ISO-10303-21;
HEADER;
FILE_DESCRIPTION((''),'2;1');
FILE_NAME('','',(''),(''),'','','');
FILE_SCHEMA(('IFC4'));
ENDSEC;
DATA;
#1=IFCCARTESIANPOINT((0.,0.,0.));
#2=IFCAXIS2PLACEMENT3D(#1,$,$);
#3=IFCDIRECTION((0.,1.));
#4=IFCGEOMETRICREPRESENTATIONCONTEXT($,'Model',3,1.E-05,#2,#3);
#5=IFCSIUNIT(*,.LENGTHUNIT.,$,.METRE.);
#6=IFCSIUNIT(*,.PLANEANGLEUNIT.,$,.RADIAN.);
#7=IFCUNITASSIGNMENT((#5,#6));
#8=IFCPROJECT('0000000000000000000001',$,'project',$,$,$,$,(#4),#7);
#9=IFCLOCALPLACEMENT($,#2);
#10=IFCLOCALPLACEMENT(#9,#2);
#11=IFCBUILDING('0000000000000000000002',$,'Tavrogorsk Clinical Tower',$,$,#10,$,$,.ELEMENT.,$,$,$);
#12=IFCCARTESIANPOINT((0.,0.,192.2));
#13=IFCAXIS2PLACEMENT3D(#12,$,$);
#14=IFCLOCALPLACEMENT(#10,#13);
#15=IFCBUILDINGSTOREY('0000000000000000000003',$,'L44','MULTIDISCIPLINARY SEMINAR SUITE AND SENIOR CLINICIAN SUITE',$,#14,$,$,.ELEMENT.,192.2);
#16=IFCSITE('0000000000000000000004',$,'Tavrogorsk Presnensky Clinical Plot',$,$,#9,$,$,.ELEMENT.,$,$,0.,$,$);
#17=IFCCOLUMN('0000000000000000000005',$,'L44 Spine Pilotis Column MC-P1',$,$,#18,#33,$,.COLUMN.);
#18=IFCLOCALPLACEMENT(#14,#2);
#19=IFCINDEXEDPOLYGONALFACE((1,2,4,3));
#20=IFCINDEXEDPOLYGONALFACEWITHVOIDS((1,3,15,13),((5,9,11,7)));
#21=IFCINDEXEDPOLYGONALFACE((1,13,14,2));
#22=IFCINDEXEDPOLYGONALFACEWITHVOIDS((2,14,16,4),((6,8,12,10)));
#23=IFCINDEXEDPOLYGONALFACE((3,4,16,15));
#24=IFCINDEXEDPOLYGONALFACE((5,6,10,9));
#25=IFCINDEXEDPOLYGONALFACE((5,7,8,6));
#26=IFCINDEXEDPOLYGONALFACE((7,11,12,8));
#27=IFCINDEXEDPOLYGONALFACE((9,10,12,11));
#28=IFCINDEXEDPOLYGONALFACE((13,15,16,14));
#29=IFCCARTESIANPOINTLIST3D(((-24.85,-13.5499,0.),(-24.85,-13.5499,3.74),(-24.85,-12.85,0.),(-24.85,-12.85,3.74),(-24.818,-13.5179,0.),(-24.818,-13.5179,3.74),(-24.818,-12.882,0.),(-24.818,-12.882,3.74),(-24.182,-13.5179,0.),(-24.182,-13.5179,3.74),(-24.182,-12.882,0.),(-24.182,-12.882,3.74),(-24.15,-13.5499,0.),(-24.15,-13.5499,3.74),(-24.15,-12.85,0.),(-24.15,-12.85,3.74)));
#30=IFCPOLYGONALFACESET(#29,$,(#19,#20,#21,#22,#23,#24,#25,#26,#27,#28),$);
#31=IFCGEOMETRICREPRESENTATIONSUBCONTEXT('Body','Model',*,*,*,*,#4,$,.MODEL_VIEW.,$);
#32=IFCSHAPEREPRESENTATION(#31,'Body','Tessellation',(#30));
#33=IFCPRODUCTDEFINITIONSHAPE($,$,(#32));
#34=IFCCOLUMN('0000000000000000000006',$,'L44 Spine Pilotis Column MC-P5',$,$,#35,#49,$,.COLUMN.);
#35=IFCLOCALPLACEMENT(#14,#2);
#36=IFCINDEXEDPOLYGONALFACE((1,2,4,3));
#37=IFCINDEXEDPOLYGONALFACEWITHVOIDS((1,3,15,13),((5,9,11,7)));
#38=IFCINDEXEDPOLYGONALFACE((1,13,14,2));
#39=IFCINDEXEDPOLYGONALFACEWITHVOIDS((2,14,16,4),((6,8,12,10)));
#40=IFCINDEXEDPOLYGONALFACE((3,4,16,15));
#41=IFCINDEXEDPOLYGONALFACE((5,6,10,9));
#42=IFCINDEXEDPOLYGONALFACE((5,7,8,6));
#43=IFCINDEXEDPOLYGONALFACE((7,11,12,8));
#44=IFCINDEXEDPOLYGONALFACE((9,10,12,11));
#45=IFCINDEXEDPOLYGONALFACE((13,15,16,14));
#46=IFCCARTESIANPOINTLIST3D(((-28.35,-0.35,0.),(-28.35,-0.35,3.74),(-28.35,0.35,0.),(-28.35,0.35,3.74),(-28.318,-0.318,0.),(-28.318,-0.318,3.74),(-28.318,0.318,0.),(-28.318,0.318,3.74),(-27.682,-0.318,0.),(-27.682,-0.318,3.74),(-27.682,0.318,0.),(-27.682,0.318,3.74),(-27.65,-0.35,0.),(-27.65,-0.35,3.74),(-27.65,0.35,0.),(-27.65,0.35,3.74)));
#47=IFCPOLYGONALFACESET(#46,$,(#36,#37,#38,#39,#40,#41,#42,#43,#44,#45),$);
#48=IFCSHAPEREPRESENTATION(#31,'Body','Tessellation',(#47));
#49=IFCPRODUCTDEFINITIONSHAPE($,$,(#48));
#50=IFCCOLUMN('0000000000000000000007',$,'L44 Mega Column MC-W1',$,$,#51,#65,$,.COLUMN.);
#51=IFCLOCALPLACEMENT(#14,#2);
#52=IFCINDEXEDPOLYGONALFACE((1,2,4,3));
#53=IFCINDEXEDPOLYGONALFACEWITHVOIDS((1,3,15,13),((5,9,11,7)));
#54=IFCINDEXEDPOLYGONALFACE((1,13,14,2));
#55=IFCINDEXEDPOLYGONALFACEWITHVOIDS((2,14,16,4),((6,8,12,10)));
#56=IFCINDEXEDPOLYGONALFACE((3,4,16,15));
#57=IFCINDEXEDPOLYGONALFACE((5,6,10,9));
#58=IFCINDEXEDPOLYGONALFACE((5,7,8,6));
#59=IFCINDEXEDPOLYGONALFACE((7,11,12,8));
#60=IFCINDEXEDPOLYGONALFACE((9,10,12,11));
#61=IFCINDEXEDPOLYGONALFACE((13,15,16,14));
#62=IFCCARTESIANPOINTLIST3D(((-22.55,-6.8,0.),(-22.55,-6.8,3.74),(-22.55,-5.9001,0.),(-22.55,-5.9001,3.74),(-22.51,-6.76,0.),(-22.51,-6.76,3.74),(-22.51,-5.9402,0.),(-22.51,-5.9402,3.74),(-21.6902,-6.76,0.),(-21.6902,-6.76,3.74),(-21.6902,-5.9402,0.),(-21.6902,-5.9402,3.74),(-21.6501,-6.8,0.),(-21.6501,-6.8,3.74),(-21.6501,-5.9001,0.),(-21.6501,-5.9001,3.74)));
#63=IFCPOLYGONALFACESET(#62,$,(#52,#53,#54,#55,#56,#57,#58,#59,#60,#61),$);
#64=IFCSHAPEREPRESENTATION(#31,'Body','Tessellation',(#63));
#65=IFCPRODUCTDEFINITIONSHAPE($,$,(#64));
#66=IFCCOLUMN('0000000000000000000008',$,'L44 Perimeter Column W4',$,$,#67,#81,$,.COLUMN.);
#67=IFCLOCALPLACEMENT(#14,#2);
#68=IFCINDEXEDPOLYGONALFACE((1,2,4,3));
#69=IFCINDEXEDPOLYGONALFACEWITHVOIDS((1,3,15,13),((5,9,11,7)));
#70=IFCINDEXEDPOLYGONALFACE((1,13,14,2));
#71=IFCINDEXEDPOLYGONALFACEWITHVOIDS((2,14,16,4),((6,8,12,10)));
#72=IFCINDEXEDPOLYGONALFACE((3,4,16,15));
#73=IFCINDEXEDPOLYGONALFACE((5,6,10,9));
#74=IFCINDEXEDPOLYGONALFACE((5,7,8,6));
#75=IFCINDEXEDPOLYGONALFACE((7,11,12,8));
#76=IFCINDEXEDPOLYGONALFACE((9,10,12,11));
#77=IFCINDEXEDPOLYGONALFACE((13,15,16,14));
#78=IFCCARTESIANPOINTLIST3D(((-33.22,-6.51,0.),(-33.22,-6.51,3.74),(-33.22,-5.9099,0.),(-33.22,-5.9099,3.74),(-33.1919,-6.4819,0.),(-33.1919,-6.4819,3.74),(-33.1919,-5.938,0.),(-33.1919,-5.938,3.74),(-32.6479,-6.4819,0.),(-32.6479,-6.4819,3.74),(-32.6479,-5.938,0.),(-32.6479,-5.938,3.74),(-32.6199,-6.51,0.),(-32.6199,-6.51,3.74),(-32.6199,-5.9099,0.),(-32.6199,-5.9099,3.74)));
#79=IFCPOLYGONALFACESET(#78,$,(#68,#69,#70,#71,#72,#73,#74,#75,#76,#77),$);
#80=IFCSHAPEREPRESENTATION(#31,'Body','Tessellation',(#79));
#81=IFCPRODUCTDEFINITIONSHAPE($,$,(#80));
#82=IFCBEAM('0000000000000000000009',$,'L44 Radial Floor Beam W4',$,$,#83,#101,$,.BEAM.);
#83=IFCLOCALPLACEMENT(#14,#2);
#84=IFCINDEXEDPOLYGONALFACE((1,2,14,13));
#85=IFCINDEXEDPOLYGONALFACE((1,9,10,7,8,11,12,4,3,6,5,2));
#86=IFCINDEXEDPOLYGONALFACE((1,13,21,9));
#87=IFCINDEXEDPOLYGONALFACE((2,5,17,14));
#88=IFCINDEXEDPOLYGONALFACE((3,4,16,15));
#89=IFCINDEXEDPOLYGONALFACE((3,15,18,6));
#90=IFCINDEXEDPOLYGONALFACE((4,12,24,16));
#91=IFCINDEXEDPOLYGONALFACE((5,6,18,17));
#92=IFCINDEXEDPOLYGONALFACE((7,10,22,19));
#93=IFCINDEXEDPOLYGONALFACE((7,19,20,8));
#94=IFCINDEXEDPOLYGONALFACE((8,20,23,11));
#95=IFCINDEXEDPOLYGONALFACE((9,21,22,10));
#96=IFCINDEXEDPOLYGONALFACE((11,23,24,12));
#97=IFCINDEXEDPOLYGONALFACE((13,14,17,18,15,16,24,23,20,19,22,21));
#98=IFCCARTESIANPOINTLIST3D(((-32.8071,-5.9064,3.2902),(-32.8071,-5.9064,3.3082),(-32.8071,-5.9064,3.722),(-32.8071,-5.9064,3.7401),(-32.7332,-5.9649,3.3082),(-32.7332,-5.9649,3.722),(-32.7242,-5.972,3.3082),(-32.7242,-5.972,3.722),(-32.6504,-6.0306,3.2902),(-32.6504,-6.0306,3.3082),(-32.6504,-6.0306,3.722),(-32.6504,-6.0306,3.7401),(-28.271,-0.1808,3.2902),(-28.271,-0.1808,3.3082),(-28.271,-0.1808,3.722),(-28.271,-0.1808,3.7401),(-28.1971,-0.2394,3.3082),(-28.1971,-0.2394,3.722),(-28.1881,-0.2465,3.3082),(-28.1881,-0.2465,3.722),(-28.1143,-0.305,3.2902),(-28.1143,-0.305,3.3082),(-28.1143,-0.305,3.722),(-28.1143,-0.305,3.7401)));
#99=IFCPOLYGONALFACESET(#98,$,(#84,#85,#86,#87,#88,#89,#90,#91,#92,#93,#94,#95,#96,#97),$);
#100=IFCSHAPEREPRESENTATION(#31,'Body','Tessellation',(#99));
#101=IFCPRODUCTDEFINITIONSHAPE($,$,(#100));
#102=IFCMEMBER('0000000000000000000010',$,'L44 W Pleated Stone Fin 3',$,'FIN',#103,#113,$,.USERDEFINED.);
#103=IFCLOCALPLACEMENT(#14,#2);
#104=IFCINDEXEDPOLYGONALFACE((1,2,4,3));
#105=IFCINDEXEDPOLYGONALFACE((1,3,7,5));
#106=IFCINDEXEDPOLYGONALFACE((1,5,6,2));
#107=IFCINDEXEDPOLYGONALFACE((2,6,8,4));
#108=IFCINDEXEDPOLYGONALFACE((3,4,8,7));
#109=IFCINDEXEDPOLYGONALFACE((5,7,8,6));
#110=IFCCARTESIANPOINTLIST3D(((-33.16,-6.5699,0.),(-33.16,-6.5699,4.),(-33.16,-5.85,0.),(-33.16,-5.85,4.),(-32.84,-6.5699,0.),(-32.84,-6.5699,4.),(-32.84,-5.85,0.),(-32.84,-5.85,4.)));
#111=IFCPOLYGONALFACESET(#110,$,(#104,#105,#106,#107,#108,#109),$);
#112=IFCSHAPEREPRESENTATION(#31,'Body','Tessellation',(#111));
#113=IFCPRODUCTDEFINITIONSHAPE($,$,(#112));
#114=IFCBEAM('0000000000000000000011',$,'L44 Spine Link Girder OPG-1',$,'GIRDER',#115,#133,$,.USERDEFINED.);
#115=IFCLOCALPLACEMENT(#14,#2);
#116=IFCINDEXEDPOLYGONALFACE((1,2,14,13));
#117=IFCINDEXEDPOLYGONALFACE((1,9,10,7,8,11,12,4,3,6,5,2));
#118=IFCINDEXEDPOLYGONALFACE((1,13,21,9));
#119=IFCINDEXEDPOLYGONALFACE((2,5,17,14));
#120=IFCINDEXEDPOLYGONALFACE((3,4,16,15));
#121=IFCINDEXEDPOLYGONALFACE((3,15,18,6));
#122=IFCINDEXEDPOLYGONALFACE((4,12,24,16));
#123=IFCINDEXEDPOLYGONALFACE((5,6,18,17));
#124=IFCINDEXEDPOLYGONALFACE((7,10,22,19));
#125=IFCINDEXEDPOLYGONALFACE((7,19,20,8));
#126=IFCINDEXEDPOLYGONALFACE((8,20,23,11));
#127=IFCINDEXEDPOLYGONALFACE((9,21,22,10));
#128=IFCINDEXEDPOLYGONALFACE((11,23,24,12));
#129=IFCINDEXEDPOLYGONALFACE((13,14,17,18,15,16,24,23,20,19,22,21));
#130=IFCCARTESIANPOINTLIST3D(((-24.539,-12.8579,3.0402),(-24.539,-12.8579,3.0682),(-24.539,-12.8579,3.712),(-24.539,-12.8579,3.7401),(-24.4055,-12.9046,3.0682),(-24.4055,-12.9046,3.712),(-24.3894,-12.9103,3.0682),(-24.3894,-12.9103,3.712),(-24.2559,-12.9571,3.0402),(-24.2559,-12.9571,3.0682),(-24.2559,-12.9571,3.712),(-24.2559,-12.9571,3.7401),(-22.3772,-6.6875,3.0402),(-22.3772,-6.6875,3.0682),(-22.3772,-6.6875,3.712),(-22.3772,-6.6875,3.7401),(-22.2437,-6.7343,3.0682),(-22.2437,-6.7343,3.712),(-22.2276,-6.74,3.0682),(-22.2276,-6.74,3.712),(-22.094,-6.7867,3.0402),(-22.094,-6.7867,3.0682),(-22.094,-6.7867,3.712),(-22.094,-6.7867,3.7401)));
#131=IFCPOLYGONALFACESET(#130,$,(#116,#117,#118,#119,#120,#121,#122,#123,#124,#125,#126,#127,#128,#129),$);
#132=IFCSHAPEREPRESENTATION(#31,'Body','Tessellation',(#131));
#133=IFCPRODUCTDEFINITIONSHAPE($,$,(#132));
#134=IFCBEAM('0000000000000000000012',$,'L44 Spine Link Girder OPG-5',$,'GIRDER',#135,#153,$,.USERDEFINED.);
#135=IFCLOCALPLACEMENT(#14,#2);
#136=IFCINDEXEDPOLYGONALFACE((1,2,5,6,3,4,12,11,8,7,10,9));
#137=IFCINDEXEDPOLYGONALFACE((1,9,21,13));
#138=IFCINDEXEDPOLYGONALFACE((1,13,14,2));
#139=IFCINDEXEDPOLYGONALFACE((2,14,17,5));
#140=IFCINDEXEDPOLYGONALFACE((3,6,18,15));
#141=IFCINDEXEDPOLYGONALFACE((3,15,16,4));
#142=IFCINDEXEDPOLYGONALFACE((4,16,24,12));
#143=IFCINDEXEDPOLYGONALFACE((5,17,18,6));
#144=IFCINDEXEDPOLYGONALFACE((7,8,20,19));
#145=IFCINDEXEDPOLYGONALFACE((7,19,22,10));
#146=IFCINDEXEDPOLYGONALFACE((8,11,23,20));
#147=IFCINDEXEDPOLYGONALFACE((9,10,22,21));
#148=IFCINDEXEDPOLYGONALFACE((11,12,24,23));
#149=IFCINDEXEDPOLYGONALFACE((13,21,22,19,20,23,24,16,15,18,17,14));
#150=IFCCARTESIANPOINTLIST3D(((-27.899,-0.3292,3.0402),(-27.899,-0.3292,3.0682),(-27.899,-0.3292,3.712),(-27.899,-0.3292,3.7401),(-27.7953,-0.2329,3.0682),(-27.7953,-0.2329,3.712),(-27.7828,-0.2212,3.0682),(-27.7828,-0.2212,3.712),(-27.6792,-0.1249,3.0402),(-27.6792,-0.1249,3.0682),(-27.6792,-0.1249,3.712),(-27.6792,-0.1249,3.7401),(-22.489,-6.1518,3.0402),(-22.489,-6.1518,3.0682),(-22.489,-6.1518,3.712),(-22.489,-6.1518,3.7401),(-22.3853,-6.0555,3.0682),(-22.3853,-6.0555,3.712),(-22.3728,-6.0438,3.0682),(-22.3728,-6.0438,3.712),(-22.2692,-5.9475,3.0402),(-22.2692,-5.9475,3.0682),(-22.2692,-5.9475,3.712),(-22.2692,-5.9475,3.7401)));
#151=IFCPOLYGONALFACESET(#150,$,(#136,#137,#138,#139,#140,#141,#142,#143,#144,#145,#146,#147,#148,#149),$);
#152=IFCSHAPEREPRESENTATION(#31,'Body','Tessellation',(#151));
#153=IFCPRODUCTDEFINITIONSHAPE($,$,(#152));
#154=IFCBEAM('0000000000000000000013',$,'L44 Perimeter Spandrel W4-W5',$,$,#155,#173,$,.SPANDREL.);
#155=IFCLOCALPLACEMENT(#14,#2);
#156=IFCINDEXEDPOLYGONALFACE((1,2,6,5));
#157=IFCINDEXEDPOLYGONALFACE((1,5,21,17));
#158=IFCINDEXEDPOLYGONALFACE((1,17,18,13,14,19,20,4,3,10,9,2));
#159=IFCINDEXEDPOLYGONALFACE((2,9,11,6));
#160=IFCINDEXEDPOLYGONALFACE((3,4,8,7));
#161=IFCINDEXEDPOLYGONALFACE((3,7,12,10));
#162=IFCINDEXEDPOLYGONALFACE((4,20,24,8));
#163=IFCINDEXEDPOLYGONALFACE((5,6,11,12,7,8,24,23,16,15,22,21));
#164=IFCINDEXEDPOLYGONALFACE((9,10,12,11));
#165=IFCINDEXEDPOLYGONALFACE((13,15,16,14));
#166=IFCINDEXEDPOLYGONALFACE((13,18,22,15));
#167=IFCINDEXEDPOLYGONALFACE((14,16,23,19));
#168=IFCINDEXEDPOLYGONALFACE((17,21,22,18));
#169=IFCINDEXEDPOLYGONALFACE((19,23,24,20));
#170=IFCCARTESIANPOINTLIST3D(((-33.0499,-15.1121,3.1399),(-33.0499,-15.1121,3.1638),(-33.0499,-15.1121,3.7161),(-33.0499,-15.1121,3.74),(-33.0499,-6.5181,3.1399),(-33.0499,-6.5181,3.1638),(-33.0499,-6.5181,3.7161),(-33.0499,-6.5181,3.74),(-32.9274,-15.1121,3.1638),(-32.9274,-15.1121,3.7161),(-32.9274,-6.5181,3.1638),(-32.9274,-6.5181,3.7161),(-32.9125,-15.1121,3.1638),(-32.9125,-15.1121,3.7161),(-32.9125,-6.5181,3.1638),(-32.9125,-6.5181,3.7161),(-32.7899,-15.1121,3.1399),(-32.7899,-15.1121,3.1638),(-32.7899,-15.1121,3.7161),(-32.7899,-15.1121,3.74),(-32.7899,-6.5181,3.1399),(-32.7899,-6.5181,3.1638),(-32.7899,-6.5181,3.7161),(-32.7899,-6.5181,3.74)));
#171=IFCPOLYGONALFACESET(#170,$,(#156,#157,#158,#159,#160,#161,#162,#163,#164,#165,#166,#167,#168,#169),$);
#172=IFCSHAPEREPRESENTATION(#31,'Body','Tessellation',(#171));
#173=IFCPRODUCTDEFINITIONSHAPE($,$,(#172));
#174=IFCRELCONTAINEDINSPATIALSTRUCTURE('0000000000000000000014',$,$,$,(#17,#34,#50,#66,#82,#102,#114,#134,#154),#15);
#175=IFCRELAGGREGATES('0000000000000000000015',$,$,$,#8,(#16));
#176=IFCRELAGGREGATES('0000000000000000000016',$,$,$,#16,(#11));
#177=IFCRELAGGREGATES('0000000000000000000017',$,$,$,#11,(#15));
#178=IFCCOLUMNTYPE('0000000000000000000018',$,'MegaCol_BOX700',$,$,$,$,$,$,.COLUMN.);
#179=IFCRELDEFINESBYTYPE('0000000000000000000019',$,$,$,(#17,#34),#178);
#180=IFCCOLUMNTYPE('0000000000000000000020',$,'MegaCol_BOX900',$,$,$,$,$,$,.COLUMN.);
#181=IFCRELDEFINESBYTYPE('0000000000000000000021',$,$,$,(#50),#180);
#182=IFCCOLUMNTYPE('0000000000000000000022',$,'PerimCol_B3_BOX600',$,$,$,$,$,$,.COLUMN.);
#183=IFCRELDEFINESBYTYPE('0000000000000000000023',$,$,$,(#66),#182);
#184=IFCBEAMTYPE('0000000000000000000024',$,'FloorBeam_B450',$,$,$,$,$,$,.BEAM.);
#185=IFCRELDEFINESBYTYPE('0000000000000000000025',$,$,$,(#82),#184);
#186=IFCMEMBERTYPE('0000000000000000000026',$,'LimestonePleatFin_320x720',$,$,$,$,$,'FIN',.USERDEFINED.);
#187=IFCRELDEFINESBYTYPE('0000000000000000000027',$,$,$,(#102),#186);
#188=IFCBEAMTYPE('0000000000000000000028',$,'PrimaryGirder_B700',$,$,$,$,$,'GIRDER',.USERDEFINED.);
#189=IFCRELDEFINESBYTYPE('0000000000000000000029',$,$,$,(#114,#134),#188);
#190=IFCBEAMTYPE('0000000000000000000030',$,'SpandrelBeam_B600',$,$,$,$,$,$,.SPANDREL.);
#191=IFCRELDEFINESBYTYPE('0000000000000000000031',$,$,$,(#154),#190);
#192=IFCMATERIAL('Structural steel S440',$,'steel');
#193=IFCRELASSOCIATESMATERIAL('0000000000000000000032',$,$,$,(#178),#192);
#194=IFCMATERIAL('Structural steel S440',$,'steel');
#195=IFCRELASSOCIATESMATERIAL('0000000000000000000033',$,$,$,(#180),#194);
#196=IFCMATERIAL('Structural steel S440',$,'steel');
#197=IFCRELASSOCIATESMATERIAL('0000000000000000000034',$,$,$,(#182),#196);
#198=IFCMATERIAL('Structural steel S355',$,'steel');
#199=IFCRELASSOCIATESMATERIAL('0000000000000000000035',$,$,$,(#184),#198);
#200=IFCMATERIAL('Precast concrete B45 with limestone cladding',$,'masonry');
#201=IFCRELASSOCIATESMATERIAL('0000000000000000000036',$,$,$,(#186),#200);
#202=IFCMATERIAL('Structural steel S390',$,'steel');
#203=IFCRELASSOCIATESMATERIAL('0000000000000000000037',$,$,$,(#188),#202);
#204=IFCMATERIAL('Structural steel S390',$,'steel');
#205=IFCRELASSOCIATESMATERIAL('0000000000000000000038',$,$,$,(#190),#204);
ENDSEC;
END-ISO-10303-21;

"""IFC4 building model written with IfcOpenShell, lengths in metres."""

from ifc_helpers import new_model, si_unit, direction, frame, origin, origin_2d, place, context, subcontext, project, spatial, rectangle, hollow_rectangle, i_section, extrude, material, material_profile, profile_set, type_object, element, save


model = new_model("IFC4")

# Units and contexts
model_context = context("Model", 3, precision=1e-05, world=origin(), true_north=direction((0.0, 1.0)))
body_context = subcontext(model_context, "Body", "Model", "MODEL_VIEW")
ifc_project = project(units=[si_unit("LENGTHUNIT", "METRE"), si_unit("PLANEANGLEUNIT", "RADIAN")], contexts=[model_context])

# Site, building, storey
site_placement = place(None, origin())
site = spatial("IfcSite", under=ifc_project, at=site_placement, Name="Tavrogorsk Presnensky Clinical Plot", CompositionType="ELEMENT", RefElevation=0.0)
building_placement = place(site_placement, origin())
building = spatial("IfcBuilding", under=site, at=building_placement, Name="Tavrogorsk Clinical Tower", CompositionType="ELEMENT")
storey_placement = place(building_placement, frame((0.0, 0.0, 192.2)))
storey = spatial("IfcBuildingStorey", under=building, at=storey_placement, Name="L44", Description="MULTIDISCIPLINARY SEMINAR SUITE AND SENIOR CLINICIAN SUITE", CompositionType="ELEMENT", Elevation=192.2)

# Columns
ifc_material_1 = material(Name="Structural steel S440", Category="steel")
ifc_material_profile_1 = material_profile(ifc_material_1, hollow_rectangle(XDim=0.7, YDim=0.7, WallThickness=0.032, at=origin_2d()), Name="BOX-700x700x32")
ifc_profile_set_1 = profile_set([ifc_material_profile_1], Name="Structural steel S440")
column_type_1 = type_object("IfcColumnType", Name="MegaCol_BOX700", PredefinedType="COLUMN", material=ifc_profile_set_1)
for number, where, z_axis, x_axis, name in (
    (1, (-24.5, -13.2, 0.0), (0.0, 0.0, 1.0), (1.0, 0.0, 0.0), "L44 Spine Pilotis Column MC-P1"),
    (2, (-28.0, 0.0, 0.0), (0.0, 0.0, 1.0), (1.0, 0.0, 0.0), "L44 Spine Pilotis Column MC-P5"),
):
    element("IfcColumn", number, at=place(storey_placement, frame(where, z_axis=z_axis, x_axis=x_axis)), inside=storey, type_object=column_type_1, Name=name, PredefinedType="COLUMN", context=body_context, shape_type="SweptSolid", body=[
        extrude(hollow_rectangle(XDim=0.7, YDim=0.7, WallThickness=0.032, at=origin_2d()), origin(), (0.0, 0.0, 1.0), 3.74),
    ])
ifc_material_2 = material(Name="Structural steel S440", Category="steel")
ifc_material_profile_2 = material_profile(ifc_material_2, hollow_rectangle(XDim=0.8999, YDim=0.8999, WallThickness=0.04, at=origin_2d()), Name="BOX-900x900x40")
ifc_profile_set_2 = profile_set([ifc_material_profile_2], Name="Structural steel S440")
column_type_2 = type_object("IfcColumnType", Name="MegaCol_BOX900", PredefinedType="COLUMN", material=ifc_profile_set_2)
column_1_placement = place(storey_placement, frame((-22.1001, -6.3501, 0.0), z_axis=(0.0, 0.0, 1.0), x_axis=(1.0, 0.0, 0.0)))
element("IfcColumn", 3, at=column_1_placement, inside=storey, type_object=column_type_2, Name="L44 Mega Column MC-W1", PredefinedType="COLUMN", context=body_context, shape_type="SweptSolid", body=[
    extrude(hollow_rectangle(XDim=0.8999, YDim=0.8999, WallThickness=0.04, at=origin_2d()), origin(), (0.0, 0.0, 1.0), 3.74),
])
ifc_material_3 = material(Name="Structural steel S440", Category="steel")
ifc_material_profile_3 = material_profile(ifc_material_3, hollow_rectangle(XDim=0.6001, YDim=0.6001, WallThickness=0.0281, at=origin_2d()), Name="BOX-600x600x28")
ifc_profile_set_3 = profile_set([ifc_material_profile_3], Name="Structural steel S440")
column_type_3 = type_object("IfcColumnType", Name="PerimCol_B3_BOX600", PredefinedType="COLUMN", material=ifc_profile_set_3)
column_2_placement = place(storey_placement, frame((-32.9199, -6.21, 0.0), z_axis=(0.0, 0.0, 1.0), x_axis=(1.0, 0.0, 0.0)))
element("IfcColumn", 4, at=column_2_placement, inside=storey, type_object=column_type_3, Name="L44 Perimeter Column W4", PredefinedType="COLUMN", context=body_context, shape_type="SweptSolid", body=[
    extrude(hollow_rectangle(XDim=0.6001, YDim=0.6001, WallThickness=0.0281, at=origin_2d()), origin(), (0.0, 0.0, 1.0), 3.74),
])

# Beam
ifc_material_4 = material(Name="Structural steel S355", Category="steel")
ifc_material_profile_4 = material_profile(ifc_material_4, i_section(OverallWidth=0.2, OverallDepth=0.45, WebThickness=0.0115, FlangeThickness=0.0181, at=origin_2d()), Name="B-450x200x11.5x18")
ifc_profile_set_4 = profile_set([ifc_material_profile_4], Name="Structural steel S355")
beam_type_1 = type_object("IfcBeamType", Name="FloorBeam_B450", PredefinedType="BEAM", material=ifc_profile_set_4)
beam_1_placement = place(storey_placement, frame((-28.1926, -0.2429, 3.5151), z_axis=(-0.620987, -0.783821, 0.0), x_axis=(0.783821, -0.620987, 0.0)))
element("IfcBeam", 5, at=beam_1_placement, inside=storey, type_object=beam_type_1, Name="L44 Radial Floor Beam W4", PredefinedType="BEAM", context=body_context, shape_type="SweptSolid", body=[
    extrude(i_section(OverallWidth=0.2, OverallDepth=0.45, WebThickness=0.0115, FlangeThickness=0.0181, at=origin_2d()), origin(), (0.0, 0.0, 1.0), 7.3047),
])

# Member
ifc_material_5 = material(Name="Precast concrete B45 with limestone cladding", Category="masonry")
ifc_material_profile_5 = material_profile(ifc_material_5, rectangle(XDim=0.3201, YDim=0.72, at=origin_2d()), Name="LIMESTONE-FIN-320x720")
ifc_profile_set_5 = profile_set([ifc_material_profile_5], Name="Precast concrete B45 with limestone cladding")
member_type = type_object("IfcMemberType", Name="LimestonePleatFin_320x720", ElementType="FIN", PredefinedType="USERDEFINED", material=ifc_profile_set_5)
member_placement = place(storey_placement, frame((-33.0, -6.21, 0.0), z_axis=(0.0, 0.0, 1.0), x_axis=(1.0, 0.0, 0.0)))
element("IfcMember", 6, at=member_placement, inside=storey, type_object=member_type, Name="L44 W Pleated Stone Fin 3", ObjectType="FIN", PredefinedType="USERDEFINED", context=body_context, shape_type="SweptSolid", body=[
    extrude(rectangle(XDim=0.3201, YDim=0.72, at=origin_2d()), origin(), (0.0, 0.0, 1.0), 4.0),
])

# Beams
ifc_material_6 = material(Name="Structural steel S390", Category="steel")
ifc_material_profile_6 = material_profile(ifc_material_6, i_section(OverallWidth=0.3, OverallDepth=0.7, WebThickness=0.0171, FlangeThickness=0.0281, at=origin_2d()), Name="B-700x300x17x28")
ifc_profile_set_6 = profile_set([ifc_material_profile_6], Name="Structural steel S390")
beam_type_2 = type_object("IfcBeamType", Name="PrimaryGirder_B700", ElementType="GIRDER", PredefinedType="USERDEFINED", material=ifc_profile_set_6)
beam_2_placement = place(storey_placement, frame((-24.3975, -12.9075, 3.3901), z_axis=(0.330653, 0.943752, 0.0), x_axis=(-0.943752, 0.330653, 0.0)))
element("IfcBeam", 7, at=beam_2_placement, inside=storey, type_object=beam_type_2, Name="L44 Spine Link Girder OPG-1", ObjectType="GIRDER", PredefinedType="USERDEFINED", context=body_context, shape_type="SweptSolid", body=[
    extrude(i_section(OverallWidth=0.3, OverallDepth=0.7, WebThickness=0.0171, FlangeThickness=0.0281, at=origin_2d()), origin(), (0.0, 0.0, 1.0), 6.5381),
])
beam_3_placement = place(storey_placement, frame((-27.7891, -0.2271, 3.3901), z_axis=(0.680674, -0.732587, 0.0), x_axis=(0.732587, 0.680674, 0.0)))
element("IfcBeam", 8, at=beam_3_placement, inside=storey, type_object=beam_type_2, Name="L44 Spine Link Girder OPG-5", ObjectType="GIRDER", PredefinedType="USERDEFINED", context=body_context, shape_type="SweptSolid", body=[
    extrude(i_section(OverallWidth=0.3, OverallDepth=0.7, WebThickness=0.0171, FlangeThickness=0.0281, at=origin_2d()), origin(), (0.0, 0.0, 1.0), 7.948),
])
ifc_material_7 = material(Name="Structural steel S390", Category="steel")
ifc_material_profile_7 = material_profile(ifc_material_7, i_section(OverallWidth=0.26, OverallDepth=0.6001, WebThickness=0.0149, FlangeThickness=0.0239, at=origin_2d()), Name="B-600x260x15x24")
ifc_profile_set_7 = profile_set([ifc_material_profile_7], Name="Structural steel S390")
beam_type_3 = type_object("IfcBeamType", Name="SpandrelBeam_B600", PredefinedType="SPANDREL", material=ifc_profile_set_7)
beam_4_placement = place(storey_placement, frame((-32.9199, -6.5181, 3.4399), z_axis=(0.0, -1.0, 0.0), x_axis=(1.0, 0.0, 0.0)))
element("IfcBeam", 9, at=beam_4_placement, inside=storey, type_object=beam_type_3, Name="L44 Perimeter Spandrel W4-W5", PredefinedType="SPANDREL", context=body_context, shape_type="SweptSolid", body=[
    extrude(i_section(OverallWidth=0.26, OverallDepth=0.6001, WebThickness=0.0149, FlangeThickness=0.0239, at=origin_2d()), origin(), (0.0, 0.0, 1.0), 8.594),
])

save(model, "model.ifc")
